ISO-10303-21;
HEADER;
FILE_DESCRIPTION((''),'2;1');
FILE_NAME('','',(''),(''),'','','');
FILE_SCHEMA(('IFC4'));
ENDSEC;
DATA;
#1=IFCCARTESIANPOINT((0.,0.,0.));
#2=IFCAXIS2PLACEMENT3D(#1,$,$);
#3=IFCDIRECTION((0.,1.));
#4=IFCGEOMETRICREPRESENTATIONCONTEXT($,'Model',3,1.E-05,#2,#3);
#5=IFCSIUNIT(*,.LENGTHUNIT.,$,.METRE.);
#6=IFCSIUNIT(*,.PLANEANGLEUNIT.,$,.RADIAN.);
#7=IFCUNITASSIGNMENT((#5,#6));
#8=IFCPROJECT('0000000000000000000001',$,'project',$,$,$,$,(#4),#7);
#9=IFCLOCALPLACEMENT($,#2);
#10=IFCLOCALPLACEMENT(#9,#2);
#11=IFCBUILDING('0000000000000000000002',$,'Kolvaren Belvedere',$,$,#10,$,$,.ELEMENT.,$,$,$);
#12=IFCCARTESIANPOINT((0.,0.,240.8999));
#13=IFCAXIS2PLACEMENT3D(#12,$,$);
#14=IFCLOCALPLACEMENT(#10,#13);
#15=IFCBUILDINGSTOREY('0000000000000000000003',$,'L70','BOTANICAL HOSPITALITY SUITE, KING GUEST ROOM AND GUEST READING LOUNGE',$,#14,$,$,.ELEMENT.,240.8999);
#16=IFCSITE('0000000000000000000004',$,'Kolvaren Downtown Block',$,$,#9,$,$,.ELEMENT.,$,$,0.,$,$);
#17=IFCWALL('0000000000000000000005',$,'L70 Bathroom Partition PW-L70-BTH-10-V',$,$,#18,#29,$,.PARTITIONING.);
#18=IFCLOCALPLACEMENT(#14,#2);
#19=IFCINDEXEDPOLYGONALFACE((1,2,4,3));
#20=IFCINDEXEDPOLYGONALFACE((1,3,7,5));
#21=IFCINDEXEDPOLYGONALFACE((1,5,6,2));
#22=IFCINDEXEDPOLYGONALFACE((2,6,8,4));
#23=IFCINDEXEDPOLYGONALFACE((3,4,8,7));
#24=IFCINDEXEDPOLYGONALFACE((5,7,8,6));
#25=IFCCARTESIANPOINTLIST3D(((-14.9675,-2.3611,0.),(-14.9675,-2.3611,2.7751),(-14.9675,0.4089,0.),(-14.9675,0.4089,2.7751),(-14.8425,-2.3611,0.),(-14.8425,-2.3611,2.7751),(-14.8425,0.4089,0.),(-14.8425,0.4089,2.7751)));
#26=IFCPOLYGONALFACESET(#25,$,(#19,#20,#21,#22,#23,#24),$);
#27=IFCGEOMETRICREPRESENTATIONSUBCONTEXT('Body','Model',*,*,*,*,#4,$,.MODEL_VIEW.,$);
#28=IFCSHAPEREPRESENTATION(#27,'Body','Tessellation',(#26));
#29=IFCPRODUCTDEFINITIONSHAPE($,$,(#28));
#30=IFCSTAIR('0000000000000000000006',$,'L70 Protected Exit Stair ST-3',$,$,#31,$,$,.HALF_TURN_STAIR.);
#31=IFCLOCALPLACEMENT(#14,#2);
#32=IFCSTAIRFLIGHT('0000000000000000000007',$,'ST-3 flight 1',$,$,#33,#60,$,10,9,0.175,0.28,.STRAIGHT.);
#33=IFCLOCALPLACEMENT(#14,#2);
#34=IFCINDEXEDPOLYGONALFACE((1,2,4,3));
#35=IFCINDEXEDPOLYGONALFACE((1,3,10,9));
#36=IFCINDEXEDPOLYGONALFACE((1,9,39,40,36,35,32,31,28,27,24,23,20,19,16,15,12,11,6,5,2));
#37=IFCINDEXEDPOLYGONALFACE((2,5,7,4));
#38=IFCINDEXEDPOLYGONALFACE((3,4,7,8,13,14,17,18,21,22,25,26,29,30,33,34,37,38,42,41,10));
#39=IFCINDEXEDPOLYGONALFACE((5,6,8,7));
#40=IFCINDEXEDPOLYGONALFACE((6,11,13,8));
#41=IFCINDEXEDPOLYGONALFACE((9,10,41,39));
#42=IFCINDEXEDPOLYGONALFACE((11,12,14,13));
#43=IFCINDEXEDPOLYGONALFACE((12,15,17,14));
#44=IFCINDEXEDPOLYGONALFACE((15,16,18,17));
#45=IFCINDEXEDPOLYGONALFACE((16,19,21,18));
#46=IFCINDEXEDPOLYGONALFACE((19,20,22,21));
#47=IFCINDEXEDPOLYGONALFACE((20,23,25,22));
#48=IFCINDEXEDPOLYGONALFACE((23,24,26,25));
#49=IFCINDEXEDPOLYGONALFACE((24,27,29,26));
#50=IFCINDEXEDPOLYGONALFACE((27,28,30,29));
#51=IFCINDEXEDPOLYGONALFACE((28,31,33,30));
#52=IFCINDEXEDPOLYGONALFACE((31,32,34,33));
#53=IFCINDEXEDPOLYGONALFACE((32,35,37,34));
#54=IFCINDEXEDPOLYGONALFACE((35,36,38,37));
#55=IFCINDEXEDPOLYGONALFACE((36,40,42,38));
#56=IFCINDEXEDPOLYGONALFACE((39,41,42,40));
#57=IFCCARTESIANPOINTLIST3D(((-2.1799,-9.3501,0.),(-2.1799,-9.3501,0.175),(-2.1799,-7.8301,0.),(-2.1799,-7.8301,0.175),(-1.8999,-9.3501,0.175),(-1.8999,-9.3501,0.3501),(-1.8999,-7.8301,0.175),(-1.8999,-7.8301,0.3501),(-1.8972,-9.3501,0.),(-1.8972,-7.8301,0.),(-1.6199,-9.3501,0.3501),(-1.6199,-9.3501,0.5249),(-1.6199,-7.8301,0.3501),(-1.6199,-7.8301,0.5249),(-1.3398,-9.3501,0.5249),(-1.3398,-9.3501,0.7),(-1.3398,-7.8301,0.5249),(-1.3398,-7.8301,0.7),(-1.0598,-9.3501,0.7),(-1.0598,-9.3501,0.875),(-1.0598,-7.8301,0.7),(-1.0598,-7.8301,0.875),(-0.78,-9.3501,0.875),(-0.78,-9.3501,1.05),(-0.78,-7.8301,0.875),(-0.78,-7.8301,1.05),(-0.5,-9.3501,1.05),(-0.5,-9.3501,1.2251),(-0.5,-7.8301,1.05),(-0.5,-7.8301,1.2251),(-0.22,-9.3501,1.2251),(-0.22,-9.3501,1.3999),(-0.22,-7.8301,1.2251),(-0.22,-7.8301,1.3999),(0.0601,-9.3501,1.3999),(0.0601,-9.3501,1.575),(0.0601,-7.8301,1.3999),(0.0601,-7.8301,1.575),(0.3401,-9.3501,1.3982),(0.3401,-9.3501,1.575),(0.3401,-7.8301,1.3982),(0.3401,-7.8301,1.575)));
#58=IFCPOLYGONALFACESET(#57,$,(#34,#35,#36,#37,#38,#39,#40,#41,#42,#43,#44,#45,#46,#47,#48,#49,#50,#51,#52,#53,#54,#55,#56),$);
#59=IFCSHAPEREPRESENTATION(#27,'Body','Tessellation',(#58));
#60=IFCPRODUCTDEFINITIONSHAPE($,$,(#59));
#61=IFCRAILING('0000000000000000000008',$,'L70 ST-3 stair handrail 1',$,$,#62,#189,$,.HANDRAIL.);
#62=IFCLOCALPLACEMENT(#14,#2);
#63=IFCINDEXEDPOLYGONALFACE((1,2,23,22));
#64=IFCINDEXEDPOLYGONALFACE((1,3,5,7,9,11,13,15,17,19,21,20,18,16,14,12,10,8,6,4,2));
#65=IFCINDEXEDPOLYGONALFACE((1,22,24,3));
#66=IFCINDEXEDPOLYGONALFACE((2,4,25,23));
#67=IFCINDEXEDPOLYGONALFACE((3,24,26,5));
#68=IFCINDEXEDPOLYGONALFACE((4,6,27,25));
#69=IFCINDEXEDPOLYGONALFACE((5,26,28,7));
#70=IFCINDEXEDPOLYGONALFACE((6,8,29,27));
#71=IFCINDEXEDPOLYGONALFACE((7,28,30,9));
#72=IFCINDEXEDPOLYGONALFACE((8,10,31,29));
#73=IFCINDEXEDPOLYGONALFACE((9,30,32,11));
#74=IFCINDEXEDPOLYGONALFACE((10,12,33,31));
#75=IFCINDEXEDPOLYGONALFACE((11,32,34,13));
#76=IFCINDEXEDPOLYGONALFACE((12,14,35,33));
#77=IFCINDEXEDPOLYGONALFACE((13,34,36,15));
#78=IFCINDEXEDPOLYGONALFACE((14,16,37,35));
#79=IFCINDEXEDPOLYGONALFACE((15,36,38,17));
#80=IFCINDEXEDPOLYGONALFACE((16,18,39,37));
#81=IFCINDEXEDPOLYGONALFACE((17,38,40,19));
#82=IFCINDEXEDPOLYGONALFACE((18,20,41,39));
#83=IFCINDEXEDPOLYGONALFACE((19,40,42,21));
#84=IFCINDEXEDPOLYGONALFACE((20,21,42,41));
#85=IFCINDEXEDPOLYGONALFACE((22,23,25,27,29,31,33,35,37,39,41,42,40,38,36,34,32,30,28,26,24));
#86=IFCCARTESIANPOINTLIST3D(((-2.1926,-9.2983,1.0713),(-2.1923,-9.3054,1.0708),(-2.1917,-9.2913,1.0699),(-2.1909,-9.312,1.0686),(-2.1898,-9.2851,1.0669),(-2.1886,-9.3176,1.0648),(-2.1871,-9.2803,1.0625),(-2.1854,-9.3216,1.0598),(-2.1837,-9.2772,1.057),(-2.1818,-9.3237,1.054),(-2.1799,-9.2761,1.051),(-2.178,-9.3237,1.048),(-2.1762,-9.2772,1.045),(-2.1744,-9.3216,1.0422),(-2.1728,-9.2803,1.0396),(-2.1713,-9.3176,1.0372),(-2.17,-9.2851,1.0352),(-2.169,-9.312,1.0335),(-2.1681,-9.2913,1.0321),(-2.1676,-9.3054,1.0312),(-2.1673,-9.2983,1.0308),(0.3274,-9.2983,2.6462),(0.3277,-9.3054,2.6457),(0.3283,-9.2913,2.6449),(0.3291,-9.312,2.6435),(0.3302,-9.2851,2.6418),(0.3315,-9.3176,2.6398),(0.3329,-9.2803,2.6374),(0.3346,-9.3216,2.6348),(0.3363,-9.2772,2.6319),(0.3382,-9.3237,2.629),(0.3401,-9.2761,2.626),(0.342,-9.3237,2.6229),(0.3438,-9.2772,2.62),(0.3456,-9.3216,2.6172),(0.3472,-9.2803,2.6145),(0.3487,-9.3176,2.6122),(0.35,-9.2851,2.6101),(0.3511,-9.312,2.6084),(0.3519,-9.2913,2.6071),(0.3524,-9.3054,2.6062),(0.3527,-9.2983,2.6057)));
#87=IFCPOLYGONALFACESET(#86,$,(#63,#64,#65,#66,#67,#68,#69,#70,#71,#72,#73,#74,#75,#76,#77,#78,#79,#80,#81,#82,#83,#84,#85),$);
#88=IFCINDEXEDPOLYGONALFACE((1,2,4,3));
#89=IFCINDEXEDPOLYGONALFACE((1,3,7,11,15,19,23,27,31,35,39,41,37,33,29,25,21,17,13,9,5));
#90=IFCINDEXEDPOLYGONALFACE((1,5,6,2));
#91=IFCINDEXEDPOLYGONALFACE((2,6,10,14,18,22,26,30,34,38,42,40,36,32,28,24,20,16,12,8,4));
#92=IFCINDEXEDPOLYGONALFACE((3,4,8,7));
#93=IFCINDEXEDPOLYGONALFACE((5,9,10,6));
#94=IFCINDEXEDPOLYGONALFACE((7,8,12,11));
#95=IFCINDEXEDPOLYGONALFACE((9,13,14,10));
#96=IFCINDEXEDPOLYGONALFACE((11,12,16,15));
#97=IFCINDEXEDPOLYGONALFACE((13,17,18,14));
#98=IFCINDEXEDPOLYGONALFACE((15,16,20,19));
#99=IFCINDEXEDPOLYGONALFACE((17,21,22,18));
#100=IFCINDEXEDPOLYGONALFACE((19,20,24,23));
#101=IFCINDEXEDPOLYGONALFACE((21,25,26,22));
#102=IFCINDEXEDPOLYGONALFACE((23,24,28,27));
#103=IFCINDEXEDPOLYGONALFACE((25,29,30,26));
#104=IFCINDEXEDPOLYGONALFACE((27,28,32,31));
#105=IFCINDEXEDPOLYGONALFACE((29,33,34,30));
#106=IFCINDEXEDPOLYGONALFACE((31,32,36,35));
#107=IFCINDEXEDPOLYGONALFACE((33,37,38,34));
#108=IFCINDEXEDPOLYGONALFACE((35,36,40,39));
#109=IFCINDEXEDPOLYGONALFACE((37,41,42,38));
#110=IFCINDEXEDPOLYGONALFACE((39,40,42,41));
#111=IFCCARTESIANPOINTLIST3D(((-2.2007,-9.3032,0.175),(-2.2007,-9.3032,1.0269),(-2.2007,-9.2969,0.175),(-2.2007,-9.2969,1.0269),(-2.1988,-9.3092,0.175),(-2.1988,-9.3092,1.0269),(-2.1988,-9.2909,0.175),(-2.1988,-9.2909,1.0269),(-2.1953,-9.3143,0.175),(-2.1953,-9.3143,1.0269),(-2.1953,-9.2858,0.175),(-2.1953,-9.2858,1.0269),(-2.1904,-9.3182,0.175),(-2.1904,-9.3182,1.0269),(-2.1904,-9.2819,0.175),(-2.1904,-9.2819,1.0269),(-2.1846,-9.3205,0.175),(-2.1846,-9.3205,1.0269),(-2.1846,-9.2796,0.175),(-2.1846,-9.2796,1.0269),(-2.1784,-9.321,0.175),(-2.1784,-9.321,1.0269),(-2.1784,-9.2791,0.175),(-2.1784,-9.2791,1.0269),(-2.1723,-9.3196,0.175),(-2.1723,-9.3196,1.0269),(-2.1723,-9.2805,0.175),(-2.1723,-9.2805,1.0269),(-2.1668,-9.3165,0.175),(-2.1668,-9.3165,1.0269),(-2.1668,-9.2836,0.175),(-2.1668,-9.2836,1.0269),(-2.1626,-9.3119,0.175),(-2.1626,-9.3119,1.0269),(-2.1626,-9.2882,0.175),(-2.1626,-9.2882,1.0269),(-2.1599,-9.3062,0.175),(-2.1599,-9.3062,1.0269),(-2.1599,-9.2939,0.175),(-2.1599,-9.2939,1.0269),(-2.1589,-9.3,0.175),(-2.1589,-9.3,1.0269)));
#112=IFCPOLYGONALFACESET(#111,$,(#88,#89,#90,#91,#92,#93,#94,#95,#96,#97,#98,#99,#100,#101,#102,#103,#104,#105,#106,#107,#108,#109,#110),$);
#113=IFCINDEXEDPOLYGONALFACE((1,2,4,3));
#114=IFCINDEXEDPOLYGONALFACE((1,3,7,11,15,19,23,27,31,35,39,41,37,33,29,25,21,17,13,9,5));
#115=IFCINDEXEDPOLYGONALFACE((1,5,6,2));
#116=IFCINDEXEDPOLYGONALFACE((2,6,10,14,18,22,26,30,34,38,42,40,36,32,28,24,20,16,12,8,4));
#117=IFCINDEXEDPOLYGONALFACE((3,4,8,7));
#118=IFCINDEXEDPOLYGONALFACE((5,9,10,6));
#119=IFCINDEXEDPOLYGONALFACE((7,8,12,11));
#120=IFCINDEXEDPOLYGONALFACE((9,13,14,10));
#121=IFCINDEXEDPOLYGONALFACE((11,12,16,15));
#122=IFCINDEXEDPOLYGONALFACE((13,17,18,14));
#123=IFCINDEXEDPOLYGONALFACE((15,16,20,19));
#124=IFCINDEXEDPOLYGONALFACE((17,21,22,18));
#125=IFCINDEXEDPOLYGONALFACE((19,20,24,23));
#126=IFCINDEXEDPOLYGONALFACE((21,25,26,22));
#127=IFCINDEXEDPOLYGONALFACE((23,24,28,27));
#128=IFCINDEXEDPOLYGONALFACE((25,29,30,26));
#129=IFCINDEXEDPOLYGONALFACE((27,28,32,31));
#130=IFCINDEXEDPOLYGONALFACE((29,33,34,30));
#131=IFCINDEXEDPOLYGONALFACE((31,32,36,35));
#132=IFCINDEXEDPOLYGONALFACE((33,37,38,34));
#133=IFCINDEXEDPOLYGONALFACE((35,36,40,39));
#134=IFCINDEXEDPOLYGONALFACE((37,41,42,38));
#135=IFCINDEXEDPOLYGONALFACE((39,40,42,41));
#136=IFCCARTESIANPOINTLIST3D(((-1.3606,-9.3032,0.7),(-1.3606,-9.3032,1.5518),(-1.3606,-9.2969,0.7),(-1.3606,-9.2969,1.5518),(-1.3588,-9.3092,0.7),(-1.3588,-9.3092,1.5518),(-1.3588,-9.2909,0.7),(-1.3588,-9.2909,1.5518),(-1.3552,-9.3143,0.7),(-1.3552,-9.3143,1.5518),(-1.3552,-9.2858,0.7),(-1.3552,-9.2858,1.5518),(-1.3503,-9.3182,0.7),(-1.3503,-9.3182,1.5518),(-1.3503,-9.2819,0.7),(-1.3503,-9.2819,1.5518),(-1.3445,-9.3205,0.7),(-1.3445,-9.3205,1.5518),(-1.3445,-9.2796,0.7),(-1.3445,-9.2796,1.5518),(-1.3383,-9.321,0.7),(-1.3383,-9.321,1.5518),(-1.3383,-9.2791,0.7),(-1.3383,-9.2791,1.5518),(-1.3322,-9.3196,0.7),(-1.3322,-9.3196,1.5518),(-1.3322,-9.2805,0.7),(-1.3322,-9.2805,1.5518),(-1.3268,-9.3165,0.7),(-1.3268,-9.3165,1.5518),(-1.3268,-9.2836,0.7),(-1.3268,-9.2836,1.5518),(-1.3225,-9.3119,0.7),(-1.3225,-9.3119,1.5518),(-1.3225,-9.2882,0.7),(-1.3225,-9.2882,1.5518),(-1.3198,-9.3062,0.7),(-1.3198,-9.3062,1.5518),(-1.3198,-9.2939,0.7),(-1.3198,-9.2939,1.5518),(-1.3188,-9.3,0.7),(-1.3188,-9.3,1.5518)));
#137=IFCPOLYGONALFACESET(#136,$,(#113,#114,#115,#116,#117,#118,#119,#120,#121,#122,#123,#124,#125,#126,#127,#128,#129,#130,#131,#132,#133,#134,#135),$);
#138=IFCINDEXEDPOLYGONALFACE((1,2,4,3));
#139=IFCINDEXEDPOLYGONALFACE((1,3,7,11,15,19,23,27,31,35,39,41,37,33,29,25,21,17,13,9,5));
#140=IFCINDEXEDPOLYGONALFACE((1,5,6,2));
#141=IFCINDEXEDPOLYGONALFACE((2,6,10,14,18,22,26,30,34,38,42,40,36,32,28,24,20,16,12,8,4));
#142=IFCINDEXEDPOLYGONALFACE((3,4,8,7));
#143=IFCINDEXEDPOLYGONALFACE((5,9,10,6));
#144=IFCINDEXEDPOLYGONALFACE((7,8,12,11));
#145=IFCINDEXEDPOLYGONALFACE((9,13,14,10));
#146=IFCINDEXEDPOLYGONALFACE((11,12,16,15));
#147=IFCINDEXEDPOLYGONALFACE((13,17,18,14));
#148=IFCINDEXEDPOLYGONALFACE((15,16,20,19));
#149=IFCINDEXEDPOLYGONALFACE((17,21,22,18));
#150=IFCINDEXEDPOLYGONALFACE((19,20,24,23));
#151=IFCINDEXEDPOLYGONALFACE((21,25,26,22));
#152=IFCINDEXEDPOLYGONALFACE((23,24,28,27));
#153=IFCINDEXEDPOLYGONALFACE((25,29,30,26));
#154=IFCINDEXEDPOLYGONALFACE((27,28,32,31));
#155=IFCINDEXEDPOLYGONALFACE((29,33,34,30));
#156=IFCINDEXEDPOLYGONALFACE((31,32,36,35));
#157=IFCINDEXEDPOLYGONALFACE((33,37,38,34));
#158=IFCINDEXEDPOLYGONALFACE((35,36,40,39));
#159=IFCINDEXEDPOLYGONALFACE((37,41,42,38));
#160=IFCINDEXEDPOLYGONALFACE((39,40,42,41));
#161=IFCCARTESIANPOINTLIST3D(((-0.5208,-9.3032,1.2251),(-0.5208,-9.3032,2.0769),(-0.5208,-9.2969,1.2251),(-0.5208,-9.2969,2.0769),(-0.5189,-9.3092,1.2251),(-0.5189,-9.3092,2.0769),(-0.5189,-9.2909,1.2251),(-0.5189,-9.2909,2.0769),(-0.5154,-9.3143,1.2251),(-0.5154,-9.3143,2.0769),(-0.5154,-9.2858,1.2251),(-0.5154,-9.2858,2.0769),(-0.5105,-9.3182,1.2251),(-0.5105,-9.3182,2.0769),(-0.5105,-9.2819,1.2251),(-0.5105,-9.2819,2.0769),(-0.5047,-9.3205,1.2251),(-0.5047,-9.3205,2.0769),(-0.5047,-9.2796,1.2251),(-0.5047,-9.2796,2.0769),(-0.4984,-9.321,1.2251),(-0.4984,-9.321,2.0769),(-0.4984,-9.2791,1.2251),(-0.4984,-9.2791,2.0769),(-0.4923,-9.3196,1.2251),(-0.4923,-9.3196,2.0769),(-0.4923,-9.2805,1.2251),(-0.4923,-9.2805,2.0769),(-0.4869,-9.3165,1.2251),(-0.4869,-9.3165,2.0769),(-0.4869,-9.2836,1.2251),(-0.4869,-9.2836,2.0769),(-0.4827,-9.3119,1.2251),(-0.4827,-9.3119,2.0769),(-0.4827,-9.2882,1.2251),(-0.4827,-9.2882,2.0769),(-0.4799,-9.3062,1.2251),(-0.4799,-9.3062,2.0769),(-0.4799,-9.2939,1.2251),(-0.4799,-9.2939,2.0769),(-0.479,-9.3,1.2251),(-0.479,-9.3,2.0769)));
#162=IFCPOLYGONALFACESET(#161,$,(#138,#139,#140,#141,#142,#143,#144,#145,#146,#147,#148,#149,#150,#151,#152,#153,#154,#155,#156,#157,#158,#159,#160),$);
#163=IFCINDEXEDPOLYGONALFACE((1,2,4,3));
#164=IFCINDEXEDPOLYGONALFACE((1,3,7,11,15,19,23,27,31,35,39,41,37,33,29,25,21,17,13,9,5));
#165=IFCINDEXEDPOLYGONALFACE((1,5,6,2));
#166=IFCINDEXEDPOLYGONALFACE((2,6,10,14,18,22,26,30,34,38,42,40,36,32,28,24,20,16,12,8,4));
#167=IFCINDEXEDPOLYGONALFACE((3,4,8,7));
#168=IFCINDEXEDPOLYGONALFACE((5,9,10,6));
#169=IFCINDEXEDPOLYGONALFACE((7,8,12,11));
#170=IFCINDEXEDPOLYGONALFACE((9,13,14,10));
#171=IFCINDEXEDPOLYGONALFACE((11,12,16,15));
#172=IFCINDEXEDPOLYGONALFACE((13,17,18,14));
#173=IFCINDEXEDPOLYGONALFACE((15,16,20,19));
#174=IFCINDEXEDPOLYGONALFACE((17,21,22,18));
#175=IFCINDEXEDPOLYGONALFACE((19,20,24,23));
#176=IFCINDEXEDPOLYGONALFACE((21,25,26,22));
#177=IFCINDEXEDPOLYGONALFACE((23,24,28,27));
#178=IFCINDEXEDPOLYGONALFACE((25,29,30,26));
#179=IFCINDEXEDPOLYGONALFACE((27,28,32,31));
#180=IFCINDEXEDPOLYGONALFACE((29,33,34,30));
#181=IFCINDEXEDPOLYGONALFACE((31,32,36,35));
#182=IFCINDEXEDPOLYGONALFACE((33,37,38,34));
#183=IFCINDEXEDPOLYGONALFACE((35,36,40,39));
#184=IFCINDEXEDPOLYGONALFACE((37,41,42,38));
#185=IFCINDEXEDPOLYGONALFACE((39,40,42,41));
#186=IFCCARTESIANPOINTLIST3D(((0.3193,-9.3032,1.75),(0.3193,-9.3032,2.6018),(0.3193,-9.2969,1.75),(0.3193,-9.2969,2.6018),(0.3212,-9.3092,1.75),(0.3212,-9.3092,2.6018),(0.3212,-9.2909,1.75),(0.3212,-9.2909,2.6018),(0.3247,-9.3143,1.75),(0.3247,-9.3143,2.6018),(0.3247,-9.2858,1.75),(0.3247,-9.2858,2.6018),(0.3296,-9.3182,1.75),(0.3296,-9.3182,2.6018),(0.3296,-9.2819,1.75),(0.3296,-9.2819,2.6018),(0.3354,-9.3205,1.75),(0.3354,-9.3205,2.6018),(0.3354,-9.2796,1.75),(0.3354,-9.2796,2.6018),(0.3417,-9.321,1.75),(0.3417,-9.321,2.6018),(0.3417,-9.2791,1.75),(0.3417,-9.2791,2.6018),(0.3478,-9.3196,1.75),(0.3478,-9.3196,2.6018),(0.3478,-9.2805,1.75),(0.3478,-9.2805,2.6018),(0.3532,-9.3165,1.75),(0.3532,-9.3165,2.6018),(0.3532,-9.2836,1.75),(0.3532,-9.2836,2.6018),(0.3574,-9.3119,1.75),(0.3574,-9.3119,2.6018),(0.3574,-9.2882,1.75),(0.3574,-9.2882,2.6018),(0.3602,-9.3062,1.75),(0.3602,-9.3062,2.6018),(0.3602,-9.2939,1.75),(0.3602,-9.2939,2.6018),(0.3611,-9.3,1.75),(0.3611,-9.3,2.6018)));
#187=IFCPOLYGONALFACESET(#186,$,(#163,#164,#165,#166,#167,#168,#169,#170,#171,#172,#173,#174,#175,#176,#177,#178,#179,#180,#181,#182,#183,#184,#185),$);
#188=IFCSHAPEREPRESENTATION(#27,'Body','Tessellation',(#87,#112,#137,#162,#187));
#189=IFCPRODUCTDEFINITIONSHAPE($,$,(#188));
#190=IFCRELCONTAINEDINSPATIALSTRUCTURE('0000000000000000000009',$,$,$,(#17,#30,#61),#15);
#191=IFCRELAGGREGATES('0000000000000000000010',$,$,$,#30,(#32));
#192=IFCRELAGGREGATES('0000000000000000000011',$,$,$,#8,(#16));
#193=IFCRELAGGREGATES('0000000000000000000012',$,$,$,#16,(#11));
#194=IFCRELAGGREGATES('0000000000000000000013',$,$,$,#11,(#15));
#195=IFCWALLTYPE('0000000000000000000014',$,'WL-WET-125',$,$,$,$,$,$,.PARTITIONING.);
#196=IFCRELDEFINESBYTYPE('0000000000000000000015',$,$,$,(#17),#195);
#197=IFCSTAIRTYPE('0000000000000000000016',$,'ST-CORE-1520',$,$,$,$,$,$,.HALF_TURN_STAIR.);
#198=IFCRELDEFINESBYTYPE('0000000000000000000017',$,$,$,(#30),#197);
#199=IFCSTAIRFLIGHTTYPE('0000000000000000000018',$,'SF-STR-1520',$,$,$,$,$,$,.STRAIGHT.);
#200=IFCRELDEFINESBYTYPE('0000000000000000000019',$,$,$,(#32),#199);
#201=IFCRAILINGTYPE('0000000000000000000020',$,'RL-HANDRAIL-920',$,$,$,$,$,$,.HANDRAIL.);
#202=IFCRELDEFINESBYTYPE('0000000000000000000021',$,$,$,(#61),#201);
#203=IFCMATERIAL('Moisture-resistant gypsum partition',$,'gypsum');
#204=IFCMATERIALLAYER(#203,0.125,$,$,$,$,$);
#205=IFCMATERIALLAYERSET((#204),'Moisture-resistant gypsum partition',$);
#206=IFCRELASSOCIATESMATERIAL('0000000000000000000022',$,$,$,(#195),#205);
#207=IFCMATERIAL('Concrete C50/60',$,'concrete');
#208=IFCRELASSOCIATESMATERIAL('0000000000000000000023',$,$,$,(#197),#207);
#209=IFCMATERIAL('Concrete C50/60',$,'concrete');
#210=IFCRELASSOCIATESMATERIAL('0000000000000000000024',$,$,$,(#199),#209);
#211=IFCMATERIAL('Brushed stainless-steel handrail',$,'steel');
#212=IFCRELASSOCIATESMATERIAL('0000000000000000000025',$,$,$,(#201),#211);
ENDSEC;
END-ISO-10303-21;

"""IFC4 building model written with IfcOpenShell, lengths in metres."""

from ifc_helpers import new_model, si_unit, direction, frame, frame_2d, origin, origin_2d, place, context, subcontext, project, spatial, polyline, rectangle, circle, outline, extrude, material, layer, layer_set, type_object, element, aggregate, save


model = new_model("IFC4")

# Units and contexts
model_context = context("Model", 3, precision=1e-05, world=origin(), true_north=direction((0.0, 1.0)))
body_context = subcontext(model_context, "Body", "Model", "MODEL_VIEW")
ifc_project = project(units=[si_unit("LENGTHUNIT", "METRE"), si_unit("PLANEANGLEUNIT", "RADIAN")], contexts=[model_context])

# Site, building, storey
site_placement = place(None, origin())
site = spatial("IfcSite", under=ifc_project, at=site_placement, Name="Kolvaren Downtown Block", CompositionType="ELEMENT", RefElevation=0.0)
building_placement = place(site_placement, origin())
building = spatial("IfcBuilding", under=site, at=building_placement, Name="Kolvaren Belvedere", CompositionType="ELEMENT")
storey_placement = place(building_placement, frame((0.0, 0.0, 240.8999)))
storey = spatial("IfcBuildingStorey", under=building, at=storey_placement, Name="L70", Description="BOTANICAL HOSPITALITY SUITE, KING GUEST ROOM AND GUEST READING LOUNGE", CompositionType="ELEMENT", Elevation=240.8999)

# Wall
ifc_material_1 = material(Name="Moisture-resistant gypsum partition", Category="gypsum")
ifc_layer_1 = layer(ifc_material_1, 0.125)
ifc_layer_set_1 = layer_set([ifc_layer_1], Name="Moisture-resistant gypsum partition")
wall_type_1 = type_object("IfcWallType", Name="WL-WET-125", PredefinedType="PARTITIONING", material=ifc_layer_set_1)
wall_1_placement = place(storey_placement, frame((-14.905, -2.3611, 0.0), z_axis=(0.0, 0.0, 1.0), x_axis=(0.0, 1.0, 0.0)))
element("IfcWall", 1, at=wall_1_placement, inside=storey, type_object=wall_type_1, Name="L70 Bathroom Partition PW-L70-BTH-10-V", PredefinedType="PARTITIONING", context=body_context, shape_type="SweptSolid", body=[
    extrude(rectangle(XDim=2.77, YDim=0.125, at=frame_2d((1.385, 0.0))), origin(), (0.0, 0.0, 1.0), 2.7751),
])

# Stair, stair flight
ifc_material_2 = material(Name="Concrete C50/60", Category="concrete")
stair_type = type_object("IfcStairType", Name="ST-CORE-1520", PredefinedType="HALF_TURN_STAIR", material=ifc_material_2)
stair_placement = place(storey_placement, origin())
stair = element("IfcStair", 2, at=stair_placement, inside=storey, type_object=stair_type, Name="L70 Protected Exit Stair ST-3", PredefinedType="HALF_TURN_STAIR")
ifc_material_3 = material(Name="Concrete C50/60", Category="concrete")
stair_flight_type = type_object("IfcStairFlightType", Name="SF-STR-1520", PredefinedType="STRAIGHT", material=ifc_material_3)
stair_flight_placement = place(storey_placement, frame((-2.1799, -8.5901, 0.0), z_axis=(0.0, 0.0, 1.0), x_axis=(1.0, 0.0, 0.0)))
stair_flight = element("IfcStairFlight", 3, at=stair_flight_placement, type_object=stair_flight_type, Name="ST-3 flight 1", NumberOfRisers=10, NumberOfTreads=9, PredefinedType="STRAIGHT", RiserHeight=0.175, TreadLength=0.28, context=body_context, shape_type="SweptSolid", body=[
    extrude(outline(polyline([(0.0, 0.0), (0.0, 0.175), (0.28, 0.175), (0.28, 0.3501), (0.5601, 0.3501), (0.5601, 0.5249), (0.8401, 0.5249), (0.8401, 0.7), (1.1201, 0.7), (1.1201, 0.875), (1.3999, 0.875), (1.3999, 1.05), (1.6799, 1.05), (1.6799, 1.2251), (1.96, 1.2251), (1.96, 1.3999), (2.24, 1.3999), (2.24, 1.575), (2.52, 1.575), (2.52, 1.75), (2.52, 1.3982), (0.2827, 0.0), (0.0, 0.0)])), frame((0.0, 0.76, 0.0), z_axis=(0.0, -1.0, 0.0), x_axis=(1.0, 0.0, 0.0)), (0.0, 0.0, 1.0), 1.52),
])
aggregate(stair, [stair_flight])

# Railing
ifc_material_4 = material(Name="Brushed stainless-steel handrail", Category="steel")
railing_type_1 = type_object("IfcRailingType", Name="RL-HANDRAIL-920", PredefinedType="HANDRAIL", material=ifc_material_4)
railing_1_placement = place(storey_placement, frame((-2.1799, -9.3, 0.175)))
element("IfcRailing", 4, at=railing_1_placement, inside=storey, type_object=railing_type_1, Name="L70 ST-3 stair handrail 1", PredefinedType="HANDRAIL", context=body_context, shape_type="SweptSolid", body=[
    extrude(circle(Radius=0.0239, at=origin_2d()), frame((0.0, 0.0, 0.876), z_axis=(0.848008, 0.0, 0.529984), x_axis=(0.0, 1.0, 0.0)), (0.0, 0.0, 1.0), 2.9717),
    extrude(circle(Radius=0.021, at=origin_2d()), origin(), (0.0, 0.0, 1.0), 0.8518),
    extrude(circle(Radius=0.021, at=origin_2d()), frame((0.8401, 0.0, 0.5249)), (0.0, 0.0, 1.0), 0.8518),
    extrude(circle(Radius=0.021, at=origin_2d()), frame((1.6799, 0.0, 1.05)), (0.0, 0.0, 1.0), 0.8518),
    extrude(circle(Radius=0.021, at=origin_2d()), frame((2.52, 0.0, 1.575)), (0.0, 0.0, 1.0), 0.8518),
])

save(model, "model.ifc")
